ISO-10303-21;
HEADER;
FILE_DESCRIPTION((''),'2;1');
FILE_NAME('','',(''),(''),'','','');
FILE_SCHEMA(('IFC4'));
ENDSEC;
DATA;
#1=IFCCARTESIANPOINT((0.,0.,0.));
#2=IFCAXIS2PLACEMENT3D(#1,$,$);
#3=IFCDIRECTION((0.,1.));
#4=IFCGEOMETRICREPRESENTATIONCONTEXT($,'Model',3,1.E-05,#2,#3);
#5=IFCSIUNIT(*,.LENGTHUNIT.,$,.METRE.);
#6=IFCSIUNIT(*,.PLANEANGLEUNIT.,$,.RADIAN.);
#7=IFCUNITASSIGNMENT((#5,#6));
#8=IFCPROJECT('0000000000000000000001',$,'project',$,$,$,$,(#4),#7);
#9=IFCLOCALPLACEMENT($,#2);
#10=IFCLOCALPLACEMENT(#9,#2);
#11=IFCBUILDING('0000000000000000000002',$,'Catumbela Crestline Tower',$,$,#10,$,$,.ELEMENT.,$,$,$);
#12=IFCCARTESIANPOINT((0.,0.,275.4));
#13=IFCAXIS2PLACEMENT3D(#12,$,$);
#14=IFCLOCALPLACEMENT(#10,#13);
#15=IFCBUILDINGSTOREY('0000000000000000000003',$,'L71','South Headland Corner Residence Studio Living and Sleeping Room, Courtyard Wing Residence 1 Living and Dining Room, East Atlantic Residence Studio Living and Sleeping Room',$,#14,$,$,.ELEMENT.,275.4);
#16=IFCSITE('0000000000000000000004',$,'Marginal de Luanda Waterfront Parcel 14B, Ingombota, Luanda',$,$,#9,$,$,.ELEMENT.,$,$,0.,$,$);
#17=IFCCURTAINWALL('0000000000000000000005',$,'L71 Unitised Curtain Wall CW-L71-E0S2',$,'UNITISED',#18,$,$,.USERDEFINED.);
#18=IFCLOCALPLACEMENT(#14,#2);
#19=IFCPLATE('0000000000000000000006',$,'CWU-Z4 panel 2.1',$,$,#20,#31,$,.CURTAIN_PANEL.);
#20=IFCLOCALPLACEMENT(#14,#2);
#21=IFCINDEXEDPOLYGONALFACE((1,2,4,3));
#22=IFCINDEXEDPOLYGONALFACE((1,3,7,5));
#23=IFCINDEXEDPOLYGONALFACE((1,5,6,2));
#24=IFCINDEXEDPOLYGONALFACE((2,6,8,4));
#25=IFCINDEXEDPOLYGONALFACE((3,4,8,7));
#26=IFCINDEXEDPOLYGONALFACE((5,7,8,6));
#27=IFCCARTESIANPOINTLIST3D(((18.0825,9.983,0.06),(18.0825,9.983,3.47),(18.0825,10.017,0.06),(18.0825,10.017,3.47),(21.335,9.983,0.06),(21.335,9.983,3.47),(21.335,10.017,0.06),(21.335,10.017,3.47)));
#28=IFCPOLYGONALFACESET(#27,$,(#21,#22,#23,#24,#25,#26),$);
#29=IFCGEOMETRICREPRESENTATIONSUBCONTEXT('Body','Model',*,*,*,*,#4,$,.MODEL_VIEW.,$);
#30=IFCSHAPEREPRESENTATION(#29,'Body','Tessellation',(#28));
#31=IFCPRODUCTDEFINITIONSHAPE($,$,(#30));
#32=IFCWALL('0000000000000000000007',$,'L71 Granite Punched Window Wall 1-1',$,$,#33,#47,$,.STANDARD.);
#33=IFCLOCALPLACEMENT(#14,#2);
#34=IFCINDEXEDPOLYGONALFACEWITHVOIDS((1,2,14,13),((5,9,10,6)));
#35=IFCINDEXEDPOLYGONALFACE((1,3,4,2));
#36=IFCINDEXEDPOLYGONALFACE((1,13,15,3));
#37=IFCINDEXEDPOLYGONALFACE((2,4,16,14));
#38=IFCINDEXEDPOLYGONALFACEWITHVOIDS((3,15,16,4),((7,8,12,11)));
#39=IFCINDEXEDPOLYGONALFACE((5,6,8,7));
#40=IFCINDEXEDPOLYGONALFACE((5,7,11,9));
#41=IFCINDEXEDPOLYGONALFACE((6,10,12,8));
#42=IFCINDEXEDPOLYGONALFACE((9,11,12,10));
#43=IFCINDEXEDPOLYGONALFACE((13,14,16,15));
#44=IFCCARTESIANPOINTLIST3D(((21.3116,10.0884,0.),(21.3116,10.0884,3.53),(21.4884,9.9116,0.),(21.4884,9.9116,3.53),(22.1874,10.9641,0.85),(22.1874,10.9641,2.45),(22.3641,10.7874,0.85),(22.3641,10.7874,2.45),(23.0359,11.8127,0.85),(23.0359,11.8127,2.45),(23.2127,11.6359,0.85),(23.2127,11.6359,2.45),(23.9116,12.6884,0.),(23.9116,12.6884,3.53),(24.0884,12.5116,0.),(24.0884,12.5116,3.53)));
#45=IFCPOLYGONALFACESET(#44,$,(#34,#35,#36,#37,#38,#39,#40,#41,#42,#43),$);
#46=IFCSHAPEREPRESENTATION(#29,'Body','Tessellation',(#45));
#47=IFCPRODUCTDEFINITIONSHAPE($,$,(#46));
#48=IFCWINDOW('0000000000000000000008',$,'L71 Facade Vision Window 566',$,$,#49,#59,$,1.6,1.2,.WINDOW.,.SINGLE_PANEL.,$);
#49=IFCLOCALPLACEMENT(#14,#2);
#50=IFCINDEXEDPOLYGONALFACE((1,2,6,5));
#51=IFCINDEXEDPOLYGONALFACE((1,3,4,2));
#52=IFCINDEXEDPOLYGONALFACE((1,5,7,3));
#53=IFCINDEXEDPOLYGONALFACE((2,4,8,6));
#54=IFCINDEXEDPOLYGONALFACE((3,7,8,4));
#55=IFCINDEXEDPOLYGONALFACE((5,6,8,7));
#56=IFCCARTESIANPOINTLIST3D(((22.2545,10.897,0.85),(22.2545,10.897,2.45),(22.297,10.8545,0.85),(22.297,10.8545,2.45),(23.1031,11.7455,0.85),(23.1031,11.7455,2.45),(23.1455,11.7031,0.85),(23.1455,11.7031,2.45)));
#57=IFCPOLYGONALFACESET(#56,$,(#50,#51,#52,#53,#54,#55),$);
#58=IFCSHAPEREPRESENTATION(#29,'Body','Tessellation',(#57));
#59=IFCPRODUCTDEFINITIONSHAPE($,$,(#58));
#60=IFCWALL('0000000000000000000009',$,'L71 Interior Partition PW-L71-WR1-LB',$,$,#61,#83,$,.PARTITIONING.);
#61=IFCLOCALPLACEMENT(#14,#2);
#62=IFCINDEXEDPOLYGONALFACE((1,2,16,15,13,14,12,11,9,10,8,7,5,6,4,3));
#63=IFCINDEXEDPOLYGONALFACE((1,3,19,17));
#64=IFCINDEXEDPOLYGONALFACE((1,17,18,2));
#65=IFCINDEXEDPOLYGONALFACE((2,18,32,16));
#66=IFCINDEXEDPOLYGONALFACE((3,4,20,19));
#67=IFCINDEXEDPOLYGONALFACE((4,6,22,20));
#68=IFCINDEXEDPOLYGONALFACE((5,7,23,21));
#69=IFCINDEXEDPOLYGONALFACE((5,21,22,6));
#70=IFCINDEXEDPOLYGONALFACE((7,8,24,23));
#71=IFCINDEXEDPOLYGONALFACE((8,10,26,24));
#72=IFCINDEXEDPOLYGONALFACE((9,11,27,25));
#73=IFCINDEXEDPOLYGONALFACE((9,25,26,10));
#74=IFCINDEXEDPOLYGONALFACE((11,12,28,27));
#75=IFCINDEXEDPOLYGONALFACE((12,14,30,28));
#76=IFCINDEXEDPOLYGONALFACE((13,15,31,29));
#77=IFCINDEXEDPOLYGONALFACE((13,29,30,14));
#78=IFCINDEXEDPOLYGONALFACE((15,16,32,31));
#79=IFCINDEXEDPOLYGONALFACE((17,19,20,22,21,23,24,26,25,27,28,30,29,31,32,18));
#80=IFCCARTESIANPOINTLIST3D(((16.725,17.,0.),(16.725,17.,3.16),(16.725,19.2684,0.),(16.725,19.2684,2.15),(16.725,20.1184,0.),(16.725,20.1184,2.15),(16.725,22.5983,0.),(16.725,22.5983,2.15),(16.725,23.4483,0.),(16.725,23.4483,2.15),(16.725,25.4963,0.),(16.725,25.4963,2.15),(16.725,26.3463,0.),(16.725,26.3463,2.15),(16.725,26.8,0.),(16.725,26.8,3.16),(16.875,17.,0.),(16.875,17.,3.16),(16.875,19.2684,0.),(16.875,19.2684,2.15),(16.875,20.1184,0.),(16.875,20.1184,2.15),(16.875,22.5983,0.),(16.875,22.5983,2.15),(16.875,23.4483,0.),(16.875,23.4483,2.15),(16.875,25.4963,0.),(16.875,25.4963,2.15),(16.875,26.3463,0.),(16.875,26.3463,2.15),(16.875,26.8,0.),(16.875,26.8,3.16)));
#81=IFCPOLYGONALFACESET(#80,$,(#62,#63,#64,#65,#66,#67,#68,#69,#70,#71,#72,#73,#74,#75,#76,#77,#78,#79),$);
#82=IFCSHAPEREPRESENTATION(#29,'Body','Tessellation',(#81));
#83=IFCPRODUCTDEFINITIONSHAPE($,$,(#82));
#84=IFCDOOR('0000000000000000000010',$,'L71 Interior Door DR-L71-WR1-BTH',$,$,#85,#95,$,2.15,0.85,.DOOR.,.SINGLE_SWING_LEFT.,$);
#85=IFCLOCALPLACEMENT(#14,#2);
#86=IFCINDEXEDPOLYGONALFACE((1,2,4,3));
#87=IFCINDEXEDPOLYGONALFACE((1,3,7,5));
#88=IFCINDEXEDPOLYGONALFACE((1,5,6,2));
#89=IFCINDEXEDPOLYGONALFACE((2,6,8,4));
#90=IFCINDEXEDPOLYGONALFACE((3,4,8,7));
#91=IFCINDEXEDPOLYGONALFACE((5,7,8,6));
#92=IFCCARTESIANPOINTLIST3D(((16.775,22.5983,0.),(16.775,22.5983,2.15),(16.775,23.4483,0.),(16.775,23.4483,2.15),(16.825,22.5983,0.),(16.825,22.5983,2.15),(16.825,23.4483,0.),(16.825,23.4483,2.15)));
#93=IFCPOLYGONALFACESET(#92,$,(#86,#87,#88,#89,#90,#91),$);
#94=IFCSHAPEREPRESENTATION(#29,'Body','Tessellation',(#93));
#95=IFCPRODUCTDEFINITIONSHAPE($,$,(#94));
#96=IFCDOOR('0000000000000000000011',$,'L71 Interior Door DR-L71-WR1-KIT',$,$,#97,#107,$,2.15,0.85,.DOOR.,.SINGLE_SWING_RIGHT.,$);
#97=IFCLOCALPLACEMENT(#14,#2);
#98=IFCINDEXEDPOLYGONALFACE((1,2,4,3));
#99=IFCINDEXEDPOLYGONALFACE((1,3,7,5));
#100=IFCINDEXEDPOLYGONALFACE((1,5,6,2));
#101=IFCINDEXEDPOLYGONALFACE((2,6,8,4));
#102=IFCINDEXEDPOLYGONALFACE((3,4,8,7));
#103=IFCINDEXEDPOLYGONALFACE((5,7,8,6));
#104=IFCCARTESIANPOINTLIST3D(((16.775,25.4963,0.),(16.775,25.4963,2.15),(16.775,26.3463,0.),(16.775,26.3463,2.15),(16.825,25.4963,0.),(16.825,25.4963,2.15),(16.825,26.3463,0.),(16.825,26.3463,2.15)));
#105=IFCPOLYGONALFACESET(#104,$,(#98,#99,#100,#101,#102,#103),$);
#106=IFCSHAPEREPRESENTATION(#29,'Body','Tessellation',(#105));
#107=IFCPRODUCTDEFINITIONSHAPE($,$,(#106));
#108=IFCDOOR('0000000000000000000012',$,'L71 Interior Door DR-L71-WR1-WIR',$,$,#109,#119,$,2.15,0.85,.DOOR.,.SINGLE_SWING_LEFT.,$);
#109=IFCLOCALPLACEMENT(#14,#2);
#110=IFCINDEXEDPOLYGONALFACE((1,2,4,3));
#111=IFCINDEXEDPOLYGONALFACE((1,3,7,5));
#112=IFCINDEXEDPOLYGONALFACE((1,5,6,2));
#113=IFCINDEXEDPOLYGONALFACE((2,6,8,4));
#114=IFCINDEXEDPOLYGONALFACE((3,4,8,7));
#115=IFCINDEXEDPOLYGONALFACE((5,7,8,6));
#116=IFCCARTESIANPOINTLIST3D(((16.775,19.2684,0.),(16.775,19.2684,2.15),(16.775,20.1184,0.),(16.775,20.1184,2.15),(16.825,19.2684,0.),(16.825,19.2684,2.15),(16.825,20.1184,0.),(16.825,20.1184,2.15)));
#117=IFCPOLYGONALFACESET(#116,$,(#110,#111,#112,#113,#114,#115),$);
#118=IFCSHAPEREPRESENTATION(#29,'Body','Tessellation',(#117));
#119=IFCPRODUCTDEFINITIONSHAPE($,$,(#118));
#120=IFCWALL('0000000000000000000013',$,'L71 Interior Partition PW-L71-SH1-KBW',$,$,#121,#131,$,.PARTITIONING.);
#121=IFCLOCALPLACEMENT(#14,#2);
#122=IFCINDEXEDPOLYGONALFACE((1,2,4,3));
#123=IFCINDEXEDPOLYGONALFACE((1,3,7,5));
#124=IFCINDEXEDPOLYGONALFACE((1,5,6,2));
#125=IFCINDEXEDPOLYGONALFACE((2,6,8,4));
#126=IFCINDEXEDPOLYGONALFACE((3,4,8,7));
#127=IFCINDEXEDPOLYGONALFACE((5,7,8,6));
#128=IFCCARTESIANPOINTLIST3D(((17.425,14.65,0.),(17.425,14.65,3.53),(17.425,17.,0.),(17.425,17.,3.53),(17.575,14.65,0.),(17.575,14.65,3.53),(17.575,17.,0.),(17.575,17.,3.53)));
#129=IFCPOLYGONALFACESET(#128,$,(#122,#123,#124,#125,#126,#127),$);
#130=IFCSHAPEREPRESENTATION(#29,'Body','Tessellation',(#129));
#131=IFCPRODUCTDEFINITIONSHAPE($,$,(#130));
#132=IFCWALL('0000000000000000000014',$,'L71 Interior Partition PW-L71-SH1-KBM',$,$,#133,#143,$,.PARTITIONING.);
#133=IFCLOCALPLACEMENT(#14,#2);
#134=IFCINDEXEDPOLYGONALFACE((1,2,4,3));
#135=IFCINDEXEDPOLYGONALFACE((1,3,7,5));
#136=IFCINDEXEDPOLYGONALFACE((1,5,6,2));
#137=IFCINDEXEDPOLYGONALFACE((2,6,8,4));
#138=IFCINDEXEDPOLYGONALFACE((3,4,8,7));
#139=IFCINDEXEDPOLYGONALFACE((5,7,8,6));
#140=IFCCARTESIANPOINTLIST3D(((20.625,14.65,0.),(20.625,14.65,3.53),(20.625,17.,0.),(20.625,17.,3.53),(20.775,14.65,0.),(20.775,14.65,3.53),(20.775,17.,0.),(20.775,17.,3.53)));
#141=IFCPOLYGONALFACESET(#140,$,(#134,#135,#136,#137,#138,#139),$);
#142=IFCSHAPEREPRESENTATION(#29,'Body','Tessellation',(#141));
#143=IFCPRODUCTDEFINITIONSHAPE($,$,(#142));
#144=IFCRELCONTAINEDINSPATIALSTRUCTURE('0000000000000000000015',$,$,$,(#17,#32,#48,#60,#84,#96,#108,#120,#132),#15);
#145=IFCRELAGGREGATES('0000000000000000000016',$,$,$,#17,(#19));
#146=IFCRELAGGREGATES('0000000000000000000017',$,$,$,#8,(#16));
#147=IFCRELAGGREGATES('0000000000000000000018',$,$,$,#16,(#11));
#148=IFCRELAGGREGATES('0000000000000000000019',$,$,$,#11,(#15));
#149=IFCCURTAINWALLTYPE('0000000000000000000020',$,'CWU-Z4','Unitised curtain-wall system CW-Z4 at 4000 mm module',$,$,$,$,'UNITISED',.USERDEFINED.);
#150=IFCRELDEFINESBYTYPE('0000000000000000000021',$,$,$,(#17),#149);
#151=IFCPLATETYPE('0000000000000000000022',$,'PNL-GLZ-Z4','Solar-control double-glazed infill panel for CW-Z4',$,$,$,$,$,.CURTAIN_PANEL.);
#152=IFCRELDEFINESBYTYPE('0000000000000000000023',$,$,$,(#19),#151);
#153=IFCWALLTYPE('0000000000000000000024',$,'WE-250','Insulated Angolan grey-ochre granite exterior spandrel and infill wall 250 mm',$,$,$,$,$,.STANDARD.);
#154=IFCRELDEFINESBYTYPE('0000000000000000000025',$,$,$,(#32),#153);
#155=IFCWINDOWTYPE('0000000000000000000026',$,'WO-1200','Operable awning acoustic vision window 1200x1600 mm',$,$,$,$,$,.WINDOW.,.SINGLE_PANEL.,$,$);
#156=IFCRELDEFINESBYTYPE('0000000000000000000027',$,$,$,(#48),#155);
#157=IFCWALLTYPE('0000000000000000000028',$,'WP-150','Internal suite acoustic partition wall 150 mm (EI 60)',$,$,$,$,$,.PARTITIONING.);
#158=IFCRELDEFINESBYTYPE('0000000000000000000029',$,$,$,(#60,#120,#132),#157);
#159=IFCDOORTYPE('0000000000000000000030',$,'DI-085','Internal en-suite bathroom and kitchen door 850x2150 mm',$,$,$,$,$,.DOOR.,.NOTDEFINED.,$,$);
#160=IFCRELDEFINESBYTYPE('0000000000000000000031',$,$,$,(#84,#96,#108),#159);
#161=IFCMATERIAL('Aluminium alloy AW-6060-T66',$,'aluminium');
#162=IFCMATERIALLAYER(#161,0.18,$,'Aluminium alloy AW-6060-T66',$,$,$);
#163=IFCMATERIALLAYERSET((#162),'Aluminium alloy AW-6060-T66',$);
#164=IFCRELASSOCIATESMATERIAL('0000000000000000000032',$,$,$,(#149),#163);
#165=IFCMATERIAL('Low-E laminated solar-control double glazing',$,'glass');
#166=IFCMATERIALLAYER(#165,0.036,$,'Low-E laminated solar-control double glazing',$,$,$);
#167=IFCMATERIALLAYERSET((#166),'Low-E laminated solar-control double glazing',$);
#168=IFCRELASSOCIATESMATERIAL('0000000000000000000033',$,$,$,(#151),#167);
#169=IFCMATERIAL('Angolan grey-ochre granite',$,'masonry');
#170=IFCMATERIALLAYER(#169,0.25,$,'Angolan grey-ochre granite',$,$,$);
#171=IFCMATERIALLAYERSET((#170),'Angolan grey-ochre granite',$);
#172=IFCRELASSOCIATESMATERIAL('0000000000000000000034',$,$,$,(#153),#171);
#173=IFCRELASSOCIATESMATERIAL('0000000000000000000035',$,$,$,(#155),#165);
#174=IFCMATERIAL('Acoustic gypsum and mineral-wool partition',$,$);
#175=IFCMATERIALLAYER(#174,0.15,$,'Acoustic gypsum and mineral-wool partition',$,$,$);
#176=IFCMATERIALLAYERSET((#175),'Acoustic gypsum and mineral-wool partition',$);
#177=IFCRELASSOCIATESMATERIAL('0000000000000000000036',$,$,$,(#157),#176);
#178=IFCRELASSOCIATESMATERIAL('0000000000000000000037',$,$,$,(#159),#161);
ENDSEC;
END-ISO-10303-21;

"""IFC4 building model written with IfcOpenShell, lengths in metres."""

from ifc_helpers import new_model, si_unit, direction, frame, frame_2d, origin, origin_2d, place, context, subcontext, project, spatial, rectangle, extrude, material, layer, layer_set, type_object, element, fill, aggregate, save


model = new_model("IFC4")

# Units and contexts
model_context = context("Model", 3, precision=1e-05, world=origin(), true_north=direction((0.0, 1.0)))
body_context = subcontext(model_context, "Body", "Model", "MODEL_VIEW")
ifc_project = project(units=[si_unit("LENGTHUNIT", "METRE"), si_unit("PLANEANGLEUNIT", "RADIAN")], contexts=[model_context])

# Site, building, storey
site_placement = place(None, origin())
site = spatial("IfcSite", under=ifc_project, at=site_placement, Name="Marginal de Luanda Waterfront Parcel 14B, Ingombota, Luanda", CompositionType="ELEMENT", RefElevation=0.0)
building_placement = place(site_placement, origin())
building = spatial("IfcBuilding", under=site, at=building_placement, Name="Catumbela Crestline Tower", CompositionType="ELEMENT")
storey_placement = place(building_placement, frame((0.0, 0.0, 275.4)))
storey = spatial("IfcBuildingStorey", under=building, at=storey_placement, Name="L71", Description="South Headland Corner Residence Studio Living and Sleeping Room, Courtyard Wing Residence 1 Living and Dining Room, East Atlantic Residence Studio Living and Sleeping Room", CompositionType="ELEMENT", Elevation=275.4)

# Curtain wall, plate
ifc_material_1 = material(Name="Aluminium alloy AW-6060-T66", Category="aluminium")
ifc_layer_1 = layer(ifc_material_1, 0.18, Name="Aluminium alloy AW-6060-T66")
ifc_layer_set_1 = layer_set([ifc_layer_1], Name="Aluminium alloy AW-6060-T66")
curtain_wall_type = type_object("IfcCurtainWallType", Name="CWU-Z4", Description="Unitised curtain-wall system CW-Z4 at 4000 mm module", ElementType="UNITISED", PredefinedType="USERDEFINED", material=ifc_layer_set_1)
curtain_wall_placement = place(storey_placement, origin())
curtain_wall = element("IfcCurtainWall", 1, at=curtain_wall_placement, inside=storey, type_object=curtain_wall_type, Name="L71 Unitised Curtain Wall CW-L71-E0S2", ObjectType="UNITISED", PredefinedType="USERDEFINED")
ifc_material_2 = material(Name="Low-E laminated solar-control double glazing", Category="glass")
ifc_layer_2 = layer(ifc_material_2, 0.036, Name="Low-E laminated solar-control double glazing")
ifc_layer_set_2 = layer_set([ifc_layer_2], Name="Low-E laminated solar-control double glazing")
plate_type = type_object("IfcPlateType", Name="PNL-GLZ-Z4", Description="Solar-control double-glazed infill panel for CW-Z4", PredefinedType="CURTAIN_PANEL", material=ifc_layer_set_2)
plate_1_placement = place(storey_placement, frame((19.7087, 10.0, 0.06), z_axis=(0.0, 0.0, 1.0), x_axis=(1.0, 0.0, 0.0)))
plate_1 = element("IfcPlate", 2, at=plate_1_placement, type_object=plate_type, Name="CWU-Z4 panel 2.1", PredefinedType="CURTAIN_PANEL", context=body_context, shape_type="SweptSolid", body=[
    extrude(rectangle(XDim=3.2525, YDim=0.034, at=origin_2d()), origin(), (0.0, 0.0, 1.0), 3.41),
])
aggregate(curtain_wall, [plate_1])

# Wall, opening, window
ifc_material_3 = material(Name="Angolan grey-ochre granite", Category="masonry")
ifc_layer_3 = layer(ifc_material_3, 0.25, Name="Angolan grey-ochre granite")
ifc_layer_set_3 = layer_set([ifc_layer_3], Name="Angolan grey-ochre granite")
wall_type_1 = type_object("IfcWallType", Name="WE-250", Description="Insulated Angolan grey-ochre granite exterior spandrel and infill wall 250 mm", PredefinedType="STANDARD", material=ifc_layer_set_3)
wall_1_placement = place(storey_placement, frame((21.4, 10.0, 0.0), z_axis=(0.0, 0.0, 1.0), x_axis=(0.707107, 0.707107, 0.0)))
wall_1 = element("IfcWall", 3, at=wall_1_placement, inside=storey, type_object=wall_type_1, Name="L71 Granite Punched Window Wall 1-1", PredefinedType="STANDARD", context=body_context, shape_type="SweptSolid", body=[
    extrude(rectangle(XDim=3.677, YDim=0.25, at=frame_2d((1.8385, 0.0))), origin(), (0.0, 0.0, 1.0), 3.53),
])
opening_1_placement = place(wall_1_placement, frame((1.2385, 0.0, 0.85)))
opening_1 = element("IfcOpeningElement", 4, at=opening_1_placement, cuts=wall_1, PredefinedType="OPENING", context=body_context, shape_type="SweptSolid", body=[
    extrude(rectangle(XDim=1.2, YDim=1.6, at=frame_2d((0.6, 0.8))), frame((0.0, 0.135, 0.0), z_axis=(0.0, -1.0, 0.0), x_axis=(1.0, 0.0, 0.0)), (0.0, 0.0, 1.0), 0.27),
])
window_type = type_object("IfcWindowType", Name="WO-1200", Description="Operable awning acoustic vision window 1200x1600 mm", PartitioningType="SINGLE_PANEL", PredefinedType="WINDOW", material=ifc_material_2)
window_placement = place(opening_1_placement, origin())
window = element("IfcWindow", 5, at=window_placement, inside=storey, type_object=window_type, Name="L71 Facade Vision Window 566", OverallHeight=1.6, OverallWidth=1.2, PartitioningType="SINGLE_PANEL", PredefinedType="WINDOW", context=body_context, shape_type="SweptSolid", body=[
    extrude(rectangle(XDim=1.2, YDim=1.6, at=frame_2d((0.6, 0.8))), frame((0.0, 0.03, 0.0), z_axis=(0.0, -1.0, 0.0), x_axis=(1.0, 0.0, 0.0)), (0.0, 0.0, 1.0), 0.06),
])
fill(opening_1, window)

# Wall, openings, doors
ifc_material_4 = material(Name="Acoustic gypsum and mineral-wool partition")
ifc_layer_4 = layer(ifc_material_4, 0.15, Name="Acoustic gypsum and mineral-wool partition")
ifc_layer_set_4 = layer_set([ifc_layer_4], Name="Acoustic gypsum and mineral-wool partition")
wall_type_2 = type_object("IfcWallType", Name="WP-150", Description="Internal suite acoustic partition wall 150 mm (EI 60)", PredefinedType="PARTITIONING", material=ifc_layer_set_4)
wall_2_placement = place(storey_placement, frame((16.8, 17.0, 0.0), z_axis=(0.0, 0.0, 1.0), x_axis=(0.0, 1.0, 0.0)))
wall_2 = element("IfcWall", 6, at=wall_2_placement, inside=storey, type_object=wall_type_2, Name="L71 Interior Partition PW-L71-WR1-LB", PredefinedType="PARTITIONING", context=body_context, shape_type="SweptSolid", body=[
    extrude(rectangle(XDim=9.8, YDim=0.15, at=frame_2d((4.9, 0.0))), origin(), (0.0, 0.0, 1.0), 3.16),
])
opening_2_placement = place(wall_2_placement, frame((5.5983, 0.0, 0.0)))
opening_2 = element("IfcOpeningElement", 7, at=opening_2_placement, cuts=wall_2, PredefinedType="OPENING", context=body_context, shape_type="SweptSolid", body=[
    extrude(rectangle(XDim=0.85, YDim=2.15, at=frame_2d((0.425, 1.075))), frame((0.0, 0.085, 0.0), z_axis=(0.0, -1.0, 0.0), x_axis=(1.0, 0.0, 0.0)), (0.0, 0.0, 1.0), 0.17),
])
opening_3_placement = place(wall_2_placement, frame((8.4963, 0.0, 0.0)))
opening_3 = element("IfcOpeningElement", 8, at=opening_3_placement, cuts=wall_2, PredefinedType="OPENING", context=body_context, shape_type="SweptSolid", body=[
    extrude(rectangle(XDim=0.85, YDim=2.15, at=frame_2d((0.425, 1.075))), frame((0.0, 0.085, 0.0), z_axis=(0.0, -1.0, 0.0), x_axis=(1.0, 0.0, 0.0)), (0.0, 0.0, 1.0), 0.17),
])
opening_4_placement = place(wall_2_placement, frame((2.2684, 0.0, 0.0)))
opening_4 = element("IfcOpeningElement", 9, at=opening_4_placement, cuts=wall_2, PredefinedType="OPENING", context=body_context, shape_type="SweptSolid", body=[
    extrude(rectangle(XDim=0.85, YDim=2.15, at=frame_2d((0.425, 1.075))), frame((0.0, 0.085, 0.0), z_axis=(0.0, -1.0, 0.0), x_axis=(1.0, 0.0, 0.0)), (0.0, 0.0, 1.0), 0.17),
])
door_type = type_object("IfcDoorType", Name="DI-085", Description="Internal en-suite bathroom and kitchen door 850x2150 mm", OperationType="NOTDEFINED", PredefinedType="DOOR", material=ifc_material_1)
door_1_placement = place(opening_2_placement, origin())
door_1 = element("IfcDoor", 10, at=door_1_placement, inside=storey, type_object=door_type, Name="L71 Interior Door DR-L71-WR1-BTH", OperationType="SINGLE_SWING_LEFT", OverallHeight=2.15, OverallWidth=0.85, PredefinedType="DOOR", context=body_context, shape_type="SweptSolid", body=[
    extrude(rectangle(XDim=0.85, YDim=2.15, at=frame_2d((0.425, 1.075))), frame((0.0, 0.025, 0.0), z_axis=(0.0, -1.0, 0.0), x_axis=(1.0, 0.0, 0.0)), (0.0, 0.0, 1.0), 0.05),
])
fill(opening_2, door_1)
door_2_placement = place(opening_3_placement, origin())
door_2 = element("IfcDoor", 11, at=door_2_placement, inside=storey, type_object=door_type, Name="L71 Interior Door DR-L71-WR1-KIT", OperationType="SINGLE_SWING_RIGHT", OverallHeight=2.15, OverallWidth=0.85, PredefinedType="DOOR", context=body_context, shape_type="SweptSolid", body=[
    extrude(rectangle(XDim=0.85, YDim=2.15, at=frame_2d((0.425, 1.075))), frame((0.0, 0.025, 0.0), z_axis=(0.0, -1.0, 0.0), x_axis=(1.0, 0.0, 0.0)), (0.0, 0.0, 1.0), 0.05),
])
fill(opening_3, door_2)
door_3_placement = place(opening_4_placement, origin())
door_3 = element("IfcDoor", 12, at=door_3_placement, inside=storey, type_object=door_type, Name="L71 Interior Door DR-L71-WR1-WIR", OperationType="SINGLE_SWING_LEFT", OverallHeight=2.15, OverallWidth=0.85, PredefinedType="DOOR", context=body_context, shape_type="SweptSolid", body=[
    extrude(rectangle(XDim=0.85, YDim=2.15, at=frame_2d((0.425, 1.075))), frame((0.0, 0.025, 0.0), z_axis=(0.0, -1.0, 0.0), x_axis=(1.0, 0.0, 0.0)), (0.0, 0.0, 1.0), 0.05),
])
fill(opening_4, door_3)

# Walls
for number, where, z_axis, x_axis, name in (
    (13, (17.5, 14.65, 0.0), (0.0, 0.0, 1.0), (0.0, 1.0, 0.0), "L71 Interior Partition PW-L71-SH1-KBW"),
    (14, (20.7, 14.65, 0.0), (0.0, 0.0, 1.0), (0.0, 1.0, 0.0), "L71 Interior Partition PW-L71-SH1-KBM"),
):
    element("IfcWall", number, at=place(storey_placement, frame(where, z_axis=z_axis, x_axis=x_axis)), inside=storey, type_object=wall_type_2, Name=name, PredefinedType="PARTITIONING", context=body_context, shape_type="SweptSolid", body=[
        extrude(rectangle(XDim=2.35, YDim=0.15, at=frame_2d((1.175, 0.0))), origin(), (0.0, 0.0, 1.0), 3.53),
    ])

save(model, "model.ifc")
